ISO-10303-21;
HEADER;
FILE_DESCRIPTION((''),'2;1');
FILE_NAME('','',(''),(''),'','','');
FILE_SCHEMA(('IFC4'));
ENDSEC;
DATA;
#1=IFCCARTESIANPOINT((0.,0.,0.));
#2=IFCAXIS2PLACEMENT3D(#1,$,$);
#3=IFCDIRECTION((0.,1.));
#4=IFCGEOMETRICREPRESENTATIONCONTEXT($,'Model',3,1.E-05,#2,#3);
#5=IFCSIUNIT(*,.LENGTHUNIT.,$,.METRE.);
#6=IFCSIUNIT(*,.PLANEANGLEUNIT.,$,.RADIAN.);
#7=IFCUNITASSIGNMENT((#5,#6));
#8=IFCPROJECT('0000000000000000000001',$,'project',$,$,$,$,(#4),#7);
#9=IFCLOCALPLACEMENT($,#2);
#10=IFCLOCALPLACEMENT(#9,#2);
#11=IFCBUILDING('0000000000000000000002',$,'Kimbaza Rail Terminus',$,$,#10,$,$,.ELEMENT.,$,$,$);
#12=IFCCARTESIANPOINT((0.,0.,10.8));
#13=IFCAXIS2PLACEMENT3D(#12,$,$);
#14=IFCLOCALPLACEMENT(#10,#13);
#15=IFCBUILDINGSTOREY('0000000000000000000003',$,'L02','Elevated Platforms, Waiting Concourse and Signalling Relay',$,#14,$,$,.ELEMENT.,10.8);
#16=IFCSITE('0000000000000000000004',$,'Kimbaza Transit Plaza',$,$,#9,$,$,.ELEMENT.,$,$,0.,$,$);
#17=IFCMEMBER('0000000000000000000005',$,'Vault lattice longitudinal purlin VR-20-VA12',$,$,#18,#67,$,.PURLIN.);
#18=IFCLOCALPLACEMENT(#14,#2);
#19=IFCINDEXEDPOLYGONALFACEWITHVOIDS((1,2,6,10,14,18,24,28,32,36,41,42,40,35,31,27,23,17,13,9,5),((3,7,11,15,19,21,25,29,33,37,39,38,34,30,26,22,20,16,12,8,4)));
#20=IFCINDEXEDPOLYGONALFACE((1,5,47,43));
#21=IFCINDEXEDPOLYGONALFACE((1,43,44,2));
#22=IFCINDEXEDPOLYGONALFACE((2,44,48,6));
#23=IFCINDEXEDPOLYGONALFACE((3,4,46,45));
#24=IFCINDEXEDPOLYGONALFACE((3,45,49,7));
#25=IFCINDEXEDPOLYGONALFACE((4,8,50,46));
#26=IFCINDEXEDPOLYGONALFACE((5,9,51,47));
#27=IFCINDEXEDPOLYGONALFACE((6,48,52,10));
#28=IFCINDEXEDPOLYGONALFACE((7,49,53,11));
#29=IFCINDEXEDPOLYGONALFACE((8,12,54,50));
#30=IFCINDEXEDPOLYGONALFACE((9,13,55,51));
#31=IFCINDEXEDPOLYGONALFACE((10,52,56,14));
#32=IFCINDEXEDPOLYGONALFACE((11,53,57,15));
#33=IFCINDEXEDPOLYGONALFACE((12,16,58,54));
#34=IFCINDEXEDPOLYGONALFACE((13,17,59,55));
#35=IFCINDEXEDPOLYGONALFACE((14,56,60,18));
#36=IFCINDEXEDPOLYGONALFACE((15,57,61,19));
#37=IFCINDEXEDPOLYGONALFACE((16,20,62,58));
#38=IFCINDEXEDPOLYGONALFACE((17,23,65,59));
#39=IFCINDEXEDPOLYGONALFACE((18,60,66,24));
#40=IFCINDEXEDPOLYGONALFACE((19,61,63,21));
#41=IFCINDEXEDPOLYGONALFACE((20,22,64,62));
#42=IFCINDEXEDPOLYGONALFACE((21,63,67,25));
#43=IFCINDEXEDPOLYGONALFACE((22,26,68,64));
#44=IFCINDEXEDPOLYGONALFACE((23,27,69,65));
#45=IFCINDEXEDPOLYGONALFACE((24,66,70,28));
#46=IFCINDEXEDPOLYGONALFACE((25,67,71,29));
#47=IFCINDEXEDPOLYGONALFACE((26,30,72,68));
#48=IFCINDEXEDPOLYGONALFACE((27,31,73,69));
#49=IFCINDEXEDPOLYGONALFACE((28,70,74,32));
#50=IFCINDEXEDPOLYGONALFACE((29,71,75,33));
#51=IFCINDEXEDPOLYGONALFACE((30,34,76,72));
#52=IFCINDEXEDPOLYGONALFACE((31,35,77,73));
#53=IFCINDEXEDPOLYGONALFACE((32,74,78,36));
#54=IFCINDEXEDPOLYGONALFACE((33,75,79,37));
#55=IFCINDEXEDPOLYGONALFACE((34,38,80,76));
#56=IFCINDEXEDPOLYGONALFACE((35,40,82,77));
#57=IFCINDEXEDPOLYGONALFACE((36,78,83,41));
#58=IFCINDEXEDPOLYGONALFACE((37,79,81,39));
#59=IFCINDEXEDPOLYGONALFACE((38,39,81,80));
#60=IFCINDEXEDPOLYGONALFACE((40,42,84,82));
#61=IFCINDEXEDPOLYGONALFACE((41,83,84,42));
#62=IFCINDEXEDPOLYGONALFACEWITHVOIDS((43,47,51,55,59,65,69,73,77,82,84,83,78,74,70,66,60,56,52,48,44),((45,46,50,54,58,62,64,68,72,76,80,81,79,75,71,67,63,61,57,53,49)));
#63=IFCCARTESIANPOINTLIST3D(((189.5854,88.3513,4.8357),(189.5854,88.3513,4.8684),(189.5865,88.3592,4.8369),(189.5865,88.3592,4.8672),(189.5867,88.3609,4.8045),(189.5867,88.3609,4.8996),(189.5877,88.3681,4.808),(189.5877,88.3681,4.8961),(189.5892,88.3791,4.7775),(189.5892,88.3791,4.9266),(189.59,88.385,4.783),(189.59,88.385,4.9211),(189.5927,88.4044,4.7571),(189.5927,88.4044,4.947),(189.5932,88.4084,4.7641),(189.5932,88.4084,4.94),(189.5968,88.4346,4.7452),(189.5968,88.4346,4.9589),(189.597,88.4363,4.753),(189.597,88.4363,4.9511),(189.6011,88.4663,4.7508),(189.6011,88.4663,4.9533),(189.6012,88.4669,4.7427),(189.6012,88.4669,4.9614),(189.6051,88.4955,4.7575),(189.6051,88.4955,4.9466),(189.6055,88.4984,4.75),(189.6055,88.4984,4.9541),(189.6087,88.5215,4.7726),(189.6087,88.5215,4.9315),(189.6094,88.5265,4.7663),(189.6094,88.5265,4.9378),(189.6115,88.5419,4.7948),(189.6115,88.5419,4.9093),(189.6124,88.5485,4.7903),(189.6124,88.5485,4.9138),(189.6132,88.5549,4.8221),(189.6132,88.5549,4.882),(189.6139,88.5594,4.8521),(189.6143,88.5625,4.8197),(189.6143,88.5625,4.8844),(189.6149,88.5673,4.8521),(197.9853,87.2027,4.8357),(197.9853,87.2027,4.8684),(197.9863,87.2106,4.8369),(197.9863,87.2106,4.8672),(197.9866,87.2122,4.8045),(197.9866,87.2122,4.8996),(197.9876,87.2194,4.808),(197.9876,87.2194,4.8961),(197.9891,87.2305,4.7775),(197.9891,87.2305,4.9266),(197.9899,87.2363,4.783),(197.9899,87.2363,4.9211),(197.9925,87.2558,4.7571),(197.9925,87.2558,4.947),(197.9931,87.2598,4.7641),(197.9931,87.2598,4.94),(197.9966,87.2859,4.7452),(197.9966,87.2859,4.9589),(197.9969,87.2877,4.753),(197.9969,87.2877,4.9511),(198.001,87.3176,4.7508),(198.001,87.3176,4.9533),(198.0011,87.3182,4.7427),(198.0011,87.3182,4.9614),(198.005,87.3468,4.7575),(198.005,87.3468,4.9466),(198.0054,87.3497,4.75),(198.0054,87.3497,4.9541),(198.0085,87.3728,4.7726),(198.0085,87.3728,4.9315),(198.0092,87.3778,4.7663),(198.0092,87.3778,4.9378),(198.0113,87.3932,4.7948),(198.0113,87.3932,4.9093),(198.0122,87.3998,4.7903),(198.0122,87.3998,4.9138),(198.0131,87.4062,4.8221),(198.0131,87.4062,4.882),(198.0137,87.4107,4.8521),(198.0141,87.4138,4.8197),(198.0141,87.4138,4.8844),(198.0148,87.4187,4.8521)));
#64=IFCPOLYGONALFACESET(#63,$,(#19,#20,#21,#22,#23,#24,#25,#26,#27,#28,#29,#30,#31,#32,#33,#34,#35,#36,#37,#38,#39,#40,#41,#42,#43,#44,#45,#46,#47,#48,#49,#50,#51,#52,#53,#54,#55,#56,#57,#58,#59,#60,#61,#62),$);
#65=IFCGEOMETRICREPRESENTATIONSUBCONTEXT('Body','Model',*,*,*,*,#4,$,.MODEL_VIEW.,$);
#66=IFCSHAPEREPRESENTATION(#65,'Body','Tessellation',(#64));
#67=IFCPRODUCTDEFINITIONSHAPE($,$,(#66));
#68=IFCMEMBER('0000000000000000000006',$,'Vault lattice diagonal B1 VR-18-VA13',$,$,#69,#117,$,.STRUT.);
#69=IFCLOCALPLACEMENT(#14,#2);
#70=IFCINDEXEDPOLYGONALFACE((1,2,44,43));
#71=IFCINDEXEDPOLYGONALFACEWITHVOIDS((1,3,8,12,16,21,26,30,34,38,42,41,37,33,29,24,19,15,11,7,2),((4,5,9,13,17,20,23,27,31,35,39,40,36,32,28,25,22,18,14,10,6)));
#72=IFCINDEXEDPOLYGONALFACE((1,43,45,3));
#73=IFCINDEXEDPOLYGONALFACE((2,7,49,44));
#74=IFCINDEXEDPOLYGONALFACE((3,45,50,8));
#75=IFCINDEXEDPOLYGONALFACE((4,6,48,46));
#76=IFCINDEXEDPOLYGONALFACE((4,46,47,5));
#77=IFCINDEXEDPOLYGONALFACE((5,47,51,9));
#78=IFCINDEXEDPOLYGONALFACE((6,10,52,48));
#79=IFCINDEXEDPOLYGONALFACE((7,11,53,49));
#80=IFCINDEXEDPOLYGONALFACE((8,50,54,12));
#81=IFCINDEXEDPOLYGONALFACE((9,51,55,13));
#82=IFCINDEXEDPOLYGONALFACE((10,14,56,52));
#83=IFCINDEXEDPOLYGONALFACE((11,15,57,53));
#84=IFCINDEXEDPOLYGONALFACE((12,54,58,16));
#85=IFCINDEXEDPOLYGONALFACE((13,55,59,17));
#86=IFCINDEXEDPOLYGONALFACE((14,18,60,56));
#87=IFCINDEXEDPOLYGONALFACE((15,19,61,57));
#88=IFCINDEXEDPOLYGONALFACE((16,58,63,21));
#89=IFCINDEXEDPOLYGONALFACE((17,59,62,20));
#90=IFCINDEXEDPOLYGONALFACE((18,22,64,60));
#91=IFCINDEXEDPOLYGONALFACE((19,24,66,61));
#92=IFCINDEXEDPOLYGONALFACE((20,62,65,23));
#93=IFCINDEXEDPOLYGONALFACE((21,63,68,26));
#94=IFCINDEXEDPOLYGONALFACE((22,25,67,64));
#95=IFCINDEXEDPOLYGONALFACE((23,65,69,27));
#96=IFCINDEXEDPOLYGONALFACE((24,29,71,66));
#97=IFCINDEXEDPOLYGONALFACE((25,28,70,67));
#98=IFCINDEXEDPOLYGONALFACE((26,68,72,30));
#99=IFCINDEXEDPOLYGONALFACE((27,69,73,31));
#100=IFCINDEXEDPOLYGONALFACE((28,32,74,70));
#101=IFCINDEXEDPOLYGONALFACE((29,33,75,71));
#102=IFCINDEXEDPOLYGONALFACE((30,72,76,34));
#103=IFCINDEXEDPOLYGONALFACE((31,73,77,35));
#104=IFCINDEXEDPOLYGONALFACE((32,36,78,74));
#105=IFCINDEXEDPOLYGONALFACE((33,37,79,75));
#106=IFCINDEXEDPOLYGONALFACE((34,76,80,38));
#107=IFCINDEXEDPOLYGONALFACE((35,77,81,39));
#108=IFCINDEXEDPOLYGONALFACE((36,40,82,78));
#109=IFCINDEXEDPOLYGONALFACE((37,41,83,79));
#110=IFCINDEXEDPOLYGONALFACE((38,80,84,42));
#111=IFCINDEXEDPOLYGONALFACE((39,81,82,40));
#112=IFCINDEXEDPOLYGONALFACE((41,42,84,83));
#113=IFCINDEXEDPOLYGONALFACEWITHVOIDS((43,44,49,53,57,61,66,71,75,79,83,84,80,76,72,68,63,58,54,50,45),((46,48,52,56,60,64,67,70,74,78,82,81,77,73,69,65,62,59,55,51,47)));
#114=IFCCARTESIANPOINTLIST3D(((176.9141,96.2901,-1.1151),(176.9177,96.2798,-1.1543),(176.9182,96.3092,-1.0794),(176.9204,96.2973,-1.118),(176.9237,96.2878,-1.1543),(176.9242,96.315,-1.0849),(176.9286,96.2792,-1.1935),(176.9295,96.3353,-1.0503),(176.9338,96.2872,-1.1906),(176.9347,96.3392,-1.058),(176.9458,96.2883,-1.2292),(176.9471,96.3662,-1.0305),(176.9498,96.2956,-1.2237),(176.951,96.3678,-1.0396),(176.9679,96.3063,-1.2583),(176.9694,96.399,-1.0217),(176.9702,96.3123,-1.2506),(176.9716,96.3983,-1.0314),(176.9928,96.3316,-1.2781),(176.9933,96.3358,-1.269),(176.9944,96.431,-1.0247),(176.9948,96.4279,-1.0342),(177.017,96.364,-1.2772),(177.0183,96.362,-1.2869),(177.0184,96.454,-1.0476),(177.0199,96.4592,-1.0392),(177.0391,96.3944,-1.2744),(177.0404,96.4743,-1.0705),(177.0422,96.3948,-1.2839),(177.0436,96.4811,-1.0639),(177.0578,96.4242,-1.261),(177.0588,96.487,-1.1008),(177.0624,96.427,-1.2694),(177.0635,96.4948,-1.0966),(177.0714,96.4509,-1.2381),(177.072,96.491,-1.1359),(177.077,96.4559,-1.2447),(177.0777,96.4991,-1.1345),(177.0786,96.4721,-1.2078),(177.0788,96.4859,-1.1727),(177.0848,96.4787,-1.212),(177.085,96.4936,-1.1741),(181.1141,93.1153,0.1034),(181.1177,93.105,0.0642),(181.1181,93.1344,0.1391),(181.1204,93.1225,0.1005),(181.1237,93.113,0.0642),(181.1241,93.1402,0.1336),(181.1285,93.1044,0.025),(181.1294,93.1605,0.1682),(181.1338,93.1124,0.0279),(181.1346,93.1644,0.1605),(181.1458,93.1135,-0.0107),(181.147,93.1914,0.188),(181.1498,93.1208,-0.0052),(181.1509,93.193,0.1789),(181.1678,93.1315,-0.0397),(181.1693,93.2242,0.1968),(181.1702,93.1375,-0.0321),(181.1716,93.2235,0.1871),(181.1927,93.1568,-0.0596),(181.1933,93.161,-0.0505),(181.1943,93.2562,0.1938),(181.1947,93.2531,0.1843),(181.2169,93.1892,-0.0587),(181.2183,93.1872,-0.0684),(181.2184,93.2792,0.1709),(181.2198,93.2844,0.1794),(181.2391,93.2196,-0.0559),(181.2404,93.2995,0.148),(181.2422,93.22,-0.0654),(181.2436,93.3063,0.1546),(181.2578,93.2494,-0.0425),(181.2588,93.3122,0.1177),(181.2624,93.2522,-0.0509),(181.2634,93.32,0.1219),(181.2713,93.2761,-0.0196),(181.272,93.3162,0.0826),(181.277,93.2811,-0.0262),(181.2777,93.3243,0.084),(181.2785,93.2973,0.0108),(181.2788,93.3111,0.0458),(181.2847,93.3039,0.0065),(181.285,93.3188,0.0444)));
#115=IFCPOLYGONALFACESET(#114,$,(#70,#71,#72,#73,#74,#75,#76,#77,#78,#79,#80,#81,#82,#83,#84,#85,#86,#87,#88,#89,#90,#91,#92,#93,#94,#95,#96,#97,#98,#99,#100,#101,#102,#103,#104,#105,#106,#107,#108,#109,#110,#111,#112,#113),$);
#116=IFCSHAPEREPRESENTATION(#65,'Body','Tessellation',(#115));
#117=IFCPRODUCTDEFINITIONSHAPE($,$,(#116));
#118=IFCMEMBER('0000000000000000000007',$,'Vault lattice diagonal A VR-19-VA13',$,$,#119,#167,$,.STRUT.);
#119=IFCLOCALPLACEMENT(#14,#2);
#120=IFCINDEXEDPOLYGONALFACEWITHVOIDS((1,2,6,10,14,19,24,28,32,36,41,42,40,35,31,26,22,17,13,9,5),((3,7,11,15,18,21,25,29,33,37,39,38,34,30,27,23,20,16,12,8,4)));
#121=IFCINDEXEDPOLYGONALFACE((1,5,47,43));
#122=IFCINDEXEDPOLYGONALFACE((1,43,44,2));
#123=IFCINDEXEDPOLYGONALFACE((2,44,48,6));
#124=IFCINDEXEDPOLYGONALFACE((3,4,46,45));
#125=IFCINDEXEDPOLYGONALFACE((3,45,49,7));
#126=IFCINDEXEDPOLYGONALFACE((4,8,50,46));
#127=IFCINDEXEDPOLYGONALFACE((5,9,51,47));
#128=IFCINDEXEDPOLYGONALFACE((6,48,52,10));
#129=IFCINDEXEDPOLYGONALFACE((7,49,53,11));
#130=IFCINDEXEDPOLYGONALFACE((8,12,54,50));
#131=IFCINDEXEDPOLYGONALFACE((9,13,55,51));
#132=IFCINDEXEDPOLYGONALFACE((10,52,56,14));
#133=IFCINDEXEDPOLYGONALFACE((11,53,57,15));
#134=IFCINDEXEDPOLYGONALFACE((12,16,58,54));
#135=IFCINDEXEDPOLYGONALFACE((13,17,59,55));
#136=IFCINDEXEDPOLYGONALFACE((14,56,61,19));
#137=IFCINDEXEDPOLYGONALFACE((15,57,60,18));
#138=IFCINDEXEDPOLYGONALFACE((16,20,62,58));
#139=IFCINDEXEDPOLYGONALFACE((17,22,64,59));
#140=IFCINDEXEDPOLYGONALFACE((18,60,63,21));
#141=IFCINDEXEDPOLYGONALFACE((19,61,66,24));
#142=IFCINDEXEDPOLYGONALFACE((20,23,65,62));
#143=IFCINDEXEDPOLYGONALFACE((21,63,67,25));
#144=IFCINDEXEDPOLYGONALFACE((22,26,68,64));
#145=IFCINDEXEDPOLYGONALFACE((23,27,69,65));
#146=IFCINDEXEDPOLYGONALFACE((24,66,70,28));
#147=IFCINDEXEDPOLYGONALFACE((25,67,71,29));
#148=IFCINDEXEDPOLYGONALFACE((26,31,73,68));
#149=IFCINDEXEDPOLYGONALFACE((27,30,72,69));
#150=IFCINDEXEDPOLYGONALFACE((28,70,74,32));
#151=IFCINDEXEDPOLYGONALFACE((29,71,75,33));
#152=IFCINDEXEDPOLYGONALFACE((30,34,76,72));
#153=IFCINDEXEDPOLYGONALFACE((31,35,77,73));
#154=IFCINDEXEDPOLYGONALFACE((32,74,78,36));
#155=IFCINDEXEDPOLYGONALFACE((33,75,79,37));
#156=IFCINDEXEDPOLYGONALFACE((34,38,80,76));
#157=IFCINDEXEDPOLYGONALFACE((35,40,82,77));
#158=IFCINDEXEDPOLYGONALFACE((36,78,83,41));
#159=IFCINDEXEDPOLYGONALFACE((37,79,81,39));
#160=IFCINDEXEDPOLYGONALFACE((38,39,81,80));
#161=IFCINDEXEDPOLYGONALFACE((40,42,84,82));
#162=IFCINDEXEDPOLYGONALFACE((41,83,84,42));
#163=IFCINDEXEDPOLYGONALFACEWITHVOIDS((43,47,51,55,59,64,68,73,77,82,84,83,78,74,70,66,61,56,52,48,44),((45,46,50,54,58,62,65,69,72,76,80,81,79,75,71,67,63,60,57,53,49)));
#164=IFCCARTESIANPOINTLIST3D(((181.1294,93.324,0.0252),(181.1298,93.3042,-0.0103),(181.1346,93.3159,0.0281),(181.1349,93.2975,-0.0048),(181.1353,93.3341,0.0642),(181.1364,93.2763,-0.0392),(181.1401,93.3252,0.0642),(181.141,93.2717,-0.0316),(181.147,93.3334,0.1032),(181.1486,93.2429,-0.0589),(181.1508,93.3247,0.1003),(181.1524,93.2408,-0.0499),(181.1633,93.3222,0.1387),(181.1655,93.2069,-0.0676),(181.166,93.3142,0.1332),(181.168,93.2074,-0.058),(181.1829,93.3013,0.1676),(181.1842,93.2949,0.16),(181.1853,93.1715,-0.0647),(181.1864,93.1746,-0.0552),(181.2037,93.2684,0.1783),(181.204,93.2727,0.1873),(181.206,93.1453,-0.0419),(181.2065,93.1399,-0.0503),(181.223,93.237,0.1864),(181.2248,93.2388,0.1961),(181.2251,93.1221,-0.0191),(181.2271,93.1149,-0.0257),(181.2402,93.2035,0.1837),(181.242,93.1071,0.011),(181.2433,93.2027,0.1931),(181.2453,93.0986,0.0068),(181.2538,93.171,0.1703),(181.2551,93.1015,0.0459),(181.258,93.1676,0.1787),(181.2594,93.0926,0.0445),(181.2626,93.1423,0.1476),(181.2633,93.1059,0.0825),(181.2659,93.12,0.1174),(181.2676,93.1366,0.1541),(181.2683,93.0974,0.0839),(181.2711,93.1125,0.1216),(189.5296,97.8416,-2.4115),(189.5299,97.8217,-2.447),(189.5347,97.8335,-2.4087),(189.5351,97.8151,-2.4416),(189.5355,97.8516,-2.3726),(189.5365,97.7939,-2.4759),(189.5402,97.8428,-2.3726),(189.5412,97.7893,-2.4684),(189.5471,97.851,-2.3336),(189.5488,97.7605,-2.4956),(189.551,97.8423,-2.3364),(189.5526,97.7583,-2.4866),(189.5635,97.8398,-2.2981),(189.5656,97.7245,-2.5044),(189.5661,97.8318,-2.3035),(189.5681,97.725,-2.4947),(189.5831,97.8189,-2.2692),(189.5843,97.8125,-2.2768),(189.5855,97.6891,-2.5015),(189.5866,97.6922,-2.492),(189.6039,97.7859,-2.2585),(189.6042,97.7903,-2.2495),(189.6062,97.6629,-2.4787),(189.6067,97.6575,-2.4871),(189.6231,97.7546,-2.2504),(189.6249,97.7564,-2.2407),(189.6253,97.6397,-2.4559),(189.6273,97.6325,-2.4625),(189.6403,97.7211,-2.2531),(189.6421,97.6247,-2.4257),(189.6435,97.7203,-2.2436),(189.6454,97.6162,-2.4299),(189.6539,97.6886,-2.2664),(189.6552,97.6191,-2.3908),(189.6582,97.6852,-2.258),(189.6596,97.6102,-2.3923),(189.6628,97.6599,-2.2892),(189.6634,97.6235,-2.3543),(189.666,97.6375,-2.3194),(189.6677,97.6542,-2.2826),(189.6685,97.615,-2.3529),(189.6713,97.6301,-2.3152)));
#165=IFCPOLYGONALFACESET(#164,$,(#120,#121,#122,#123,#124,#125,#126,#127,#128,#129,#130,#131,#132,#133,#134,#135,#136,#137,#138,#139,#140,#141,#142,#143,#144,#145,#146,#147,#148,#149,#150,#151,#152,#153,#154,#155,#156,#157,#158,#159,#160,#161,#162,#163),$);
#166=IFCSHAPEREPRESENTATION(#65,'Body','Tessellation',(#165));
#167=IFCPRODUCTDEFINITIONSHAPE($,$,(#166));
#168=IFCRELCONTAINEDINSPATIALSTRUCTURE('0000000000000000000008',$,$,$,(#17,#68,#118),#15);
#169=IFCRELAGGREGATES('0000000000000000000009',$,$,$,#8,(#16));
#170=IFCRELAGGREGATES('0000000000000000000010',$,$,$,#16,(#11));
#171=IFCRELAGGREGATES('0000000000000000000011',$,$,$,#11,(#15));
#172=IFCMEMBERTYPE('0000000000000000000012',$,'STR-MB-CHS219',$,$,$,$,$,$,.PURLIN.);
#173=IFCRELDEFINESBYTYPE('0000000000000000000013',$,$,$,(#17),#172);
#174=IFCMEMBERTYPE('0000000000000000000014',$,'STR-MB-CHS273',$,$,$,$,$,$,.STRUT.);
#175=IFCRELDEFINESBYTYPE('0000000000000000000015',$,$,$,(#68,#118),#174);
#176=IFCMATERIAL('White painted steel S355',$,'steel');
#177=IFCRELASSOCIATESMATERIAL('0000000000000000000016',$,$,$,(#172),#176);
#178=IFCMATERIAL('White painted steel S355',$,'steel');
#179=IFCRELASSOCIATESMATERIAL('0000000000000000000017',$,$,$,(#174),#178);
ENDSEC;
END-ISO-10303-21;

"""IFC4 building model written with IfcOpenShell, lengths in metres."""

from ifc_helpers import new_model, si_unit, direction, frame, origin, origin_2d, place, context, subcontext, project, spatial, hollow_circle, extrude, material, material_profile, profile_set, type_object, element, save


model = new_model("IFC4")

# Units and contexts
model_context = context("Model", 3, precision=1e-05, world=origin(), true_north=direction((0.0, 1.0)))
body_context = subcontext(model_context, "Body", "Model", "MODEL_VIEW")
ifc_project = project(units=[si_unit("LENGTHUNIT", "METRE"), si_unit("PLANEANGLEUNIT", "RADIAN")], contexts=[model_context])

# Site, building, storey
site_placement = place(None, origin())
site = spatial("IfcSite", under=ifc_project, at=site_placement, Name="Kimbaza Transit Plaza", CompositionType="ELEMENT", RefElevation=0.0)
building_placement = place(site_placement, origin())
building = spatial("IfcBuilding", under=site, at=building_placement, Name="Kimbaza Rail Terminus", CompositionType="ELEMENT")
storey_placement = place(building_placement, frame((0.0, 0.0, 10.8)))
storey = spatial("IfcBuildingStorey", under=building, at=storey_placement, Name="L02", Description="Elevated Platforms, Waiting Concourse and Signalling Relay", CompositionType="ELEMENT", Elevation=10.8)

# Members
ifc_material_1 = material(Name="White painted steel S355", Category="steel")
ifc_material_profile_1 = material_profile(ifc_material_1, hollow_circle(Radius=0.1096, WallThickness=0.0081, at=origin_2d()), Name="CHS 219.1x8")
ifc_profile_set_1 = profile_set([ifc_material_profile_1], Name="White painted steel S355")
member_type_1 = type_object("IfcMemberType", Name="STR-MB-CHS219", PredefinedType="PURLIN", material=ifc_profile_set_1)
for number, where, z_axis, x_axis, name in (
    (1, (189.6001, 88.4587, 4.8521), (0.990779, -0.135488, 0.0), (0.135488, 0.990779, 0.0), "Vault lattice longitudinal purlin VR-20-VA12"),
):
    element("IfcMember", number, at=place(storey_placement, frame(where, z_axis=z_axis, x_axis=x_axis)), inside=storey, type_object=member_type_1, Name=name, PredefinedType="PURLIN", context=body_context, shape_type="SweptSolid", body=[
        extrude(hollow_circle(Radius=0.1096, WallThickness=0.0081, at=origin_2d()), origin(), (0.0, 0.0, 1.0), 8.478),
    ])
ifc_material_2 = material(Name="White painted steel S355", Category="steel")
ifc_material_profile_2 = material_profile(ifc_material_2, hollow_circle(Radius=0.1365, WallThickness=0.01, at=origin_2d()), Name="CHS 273x10")
ifc_profile_set_2 = profile_set([ifc_material_profile_2], Name="White painted steel S355")
member_type_2 = type_object("IfcMemberType", Name="STR-MB-CHS273", PredefinedType="STRUT", material=ifc_profile_set_2)
member_1_placement = place(storey_placement, frame((181.2, 93.2139, 0.0642), z_axis=(-0.777186, 0.587486, -0.22548), x_axis=(-0.603015, -0.79773, 0.0)))
element("IfcMember", 2, at=member_1_placement, inside=storey, type_object=member_type_2, Name="Vault lattice diagonal B1 VR-18-VA13", PredefinedType="STRUT", context=body_context, shape_type="SweptSolid", body=[
    extrude(hollow_circle(Radius=0.1365, WallThickness=0.01, at=origin_2d()), origin(), (0.0, 0.0, 1.0), 5.4041),
])
member_2_placement = place(storey_placement, frame((181.2, 93.2139, 0.0642), z_axis=(0.853307, 0.458906, -0.247533), x_axis=(-0.473646, 0.880715, 0.0)))
element("IfcMember", 3, at=member_2_placement, inside=storey, type_object=member_type_2, Name="Vault lattice diagonal A VR-19-VA13", PredefinedType="STRUT", context=body_context, shape_type="SweptSolid", body=[
    extrude(hollow_circle(Radius=0.1365, WallThickness=0.01, at=origin_2d()), origin(), (0.0, 0.0, 1.0), 9.8442),
])

save(model, "model.ifc")
